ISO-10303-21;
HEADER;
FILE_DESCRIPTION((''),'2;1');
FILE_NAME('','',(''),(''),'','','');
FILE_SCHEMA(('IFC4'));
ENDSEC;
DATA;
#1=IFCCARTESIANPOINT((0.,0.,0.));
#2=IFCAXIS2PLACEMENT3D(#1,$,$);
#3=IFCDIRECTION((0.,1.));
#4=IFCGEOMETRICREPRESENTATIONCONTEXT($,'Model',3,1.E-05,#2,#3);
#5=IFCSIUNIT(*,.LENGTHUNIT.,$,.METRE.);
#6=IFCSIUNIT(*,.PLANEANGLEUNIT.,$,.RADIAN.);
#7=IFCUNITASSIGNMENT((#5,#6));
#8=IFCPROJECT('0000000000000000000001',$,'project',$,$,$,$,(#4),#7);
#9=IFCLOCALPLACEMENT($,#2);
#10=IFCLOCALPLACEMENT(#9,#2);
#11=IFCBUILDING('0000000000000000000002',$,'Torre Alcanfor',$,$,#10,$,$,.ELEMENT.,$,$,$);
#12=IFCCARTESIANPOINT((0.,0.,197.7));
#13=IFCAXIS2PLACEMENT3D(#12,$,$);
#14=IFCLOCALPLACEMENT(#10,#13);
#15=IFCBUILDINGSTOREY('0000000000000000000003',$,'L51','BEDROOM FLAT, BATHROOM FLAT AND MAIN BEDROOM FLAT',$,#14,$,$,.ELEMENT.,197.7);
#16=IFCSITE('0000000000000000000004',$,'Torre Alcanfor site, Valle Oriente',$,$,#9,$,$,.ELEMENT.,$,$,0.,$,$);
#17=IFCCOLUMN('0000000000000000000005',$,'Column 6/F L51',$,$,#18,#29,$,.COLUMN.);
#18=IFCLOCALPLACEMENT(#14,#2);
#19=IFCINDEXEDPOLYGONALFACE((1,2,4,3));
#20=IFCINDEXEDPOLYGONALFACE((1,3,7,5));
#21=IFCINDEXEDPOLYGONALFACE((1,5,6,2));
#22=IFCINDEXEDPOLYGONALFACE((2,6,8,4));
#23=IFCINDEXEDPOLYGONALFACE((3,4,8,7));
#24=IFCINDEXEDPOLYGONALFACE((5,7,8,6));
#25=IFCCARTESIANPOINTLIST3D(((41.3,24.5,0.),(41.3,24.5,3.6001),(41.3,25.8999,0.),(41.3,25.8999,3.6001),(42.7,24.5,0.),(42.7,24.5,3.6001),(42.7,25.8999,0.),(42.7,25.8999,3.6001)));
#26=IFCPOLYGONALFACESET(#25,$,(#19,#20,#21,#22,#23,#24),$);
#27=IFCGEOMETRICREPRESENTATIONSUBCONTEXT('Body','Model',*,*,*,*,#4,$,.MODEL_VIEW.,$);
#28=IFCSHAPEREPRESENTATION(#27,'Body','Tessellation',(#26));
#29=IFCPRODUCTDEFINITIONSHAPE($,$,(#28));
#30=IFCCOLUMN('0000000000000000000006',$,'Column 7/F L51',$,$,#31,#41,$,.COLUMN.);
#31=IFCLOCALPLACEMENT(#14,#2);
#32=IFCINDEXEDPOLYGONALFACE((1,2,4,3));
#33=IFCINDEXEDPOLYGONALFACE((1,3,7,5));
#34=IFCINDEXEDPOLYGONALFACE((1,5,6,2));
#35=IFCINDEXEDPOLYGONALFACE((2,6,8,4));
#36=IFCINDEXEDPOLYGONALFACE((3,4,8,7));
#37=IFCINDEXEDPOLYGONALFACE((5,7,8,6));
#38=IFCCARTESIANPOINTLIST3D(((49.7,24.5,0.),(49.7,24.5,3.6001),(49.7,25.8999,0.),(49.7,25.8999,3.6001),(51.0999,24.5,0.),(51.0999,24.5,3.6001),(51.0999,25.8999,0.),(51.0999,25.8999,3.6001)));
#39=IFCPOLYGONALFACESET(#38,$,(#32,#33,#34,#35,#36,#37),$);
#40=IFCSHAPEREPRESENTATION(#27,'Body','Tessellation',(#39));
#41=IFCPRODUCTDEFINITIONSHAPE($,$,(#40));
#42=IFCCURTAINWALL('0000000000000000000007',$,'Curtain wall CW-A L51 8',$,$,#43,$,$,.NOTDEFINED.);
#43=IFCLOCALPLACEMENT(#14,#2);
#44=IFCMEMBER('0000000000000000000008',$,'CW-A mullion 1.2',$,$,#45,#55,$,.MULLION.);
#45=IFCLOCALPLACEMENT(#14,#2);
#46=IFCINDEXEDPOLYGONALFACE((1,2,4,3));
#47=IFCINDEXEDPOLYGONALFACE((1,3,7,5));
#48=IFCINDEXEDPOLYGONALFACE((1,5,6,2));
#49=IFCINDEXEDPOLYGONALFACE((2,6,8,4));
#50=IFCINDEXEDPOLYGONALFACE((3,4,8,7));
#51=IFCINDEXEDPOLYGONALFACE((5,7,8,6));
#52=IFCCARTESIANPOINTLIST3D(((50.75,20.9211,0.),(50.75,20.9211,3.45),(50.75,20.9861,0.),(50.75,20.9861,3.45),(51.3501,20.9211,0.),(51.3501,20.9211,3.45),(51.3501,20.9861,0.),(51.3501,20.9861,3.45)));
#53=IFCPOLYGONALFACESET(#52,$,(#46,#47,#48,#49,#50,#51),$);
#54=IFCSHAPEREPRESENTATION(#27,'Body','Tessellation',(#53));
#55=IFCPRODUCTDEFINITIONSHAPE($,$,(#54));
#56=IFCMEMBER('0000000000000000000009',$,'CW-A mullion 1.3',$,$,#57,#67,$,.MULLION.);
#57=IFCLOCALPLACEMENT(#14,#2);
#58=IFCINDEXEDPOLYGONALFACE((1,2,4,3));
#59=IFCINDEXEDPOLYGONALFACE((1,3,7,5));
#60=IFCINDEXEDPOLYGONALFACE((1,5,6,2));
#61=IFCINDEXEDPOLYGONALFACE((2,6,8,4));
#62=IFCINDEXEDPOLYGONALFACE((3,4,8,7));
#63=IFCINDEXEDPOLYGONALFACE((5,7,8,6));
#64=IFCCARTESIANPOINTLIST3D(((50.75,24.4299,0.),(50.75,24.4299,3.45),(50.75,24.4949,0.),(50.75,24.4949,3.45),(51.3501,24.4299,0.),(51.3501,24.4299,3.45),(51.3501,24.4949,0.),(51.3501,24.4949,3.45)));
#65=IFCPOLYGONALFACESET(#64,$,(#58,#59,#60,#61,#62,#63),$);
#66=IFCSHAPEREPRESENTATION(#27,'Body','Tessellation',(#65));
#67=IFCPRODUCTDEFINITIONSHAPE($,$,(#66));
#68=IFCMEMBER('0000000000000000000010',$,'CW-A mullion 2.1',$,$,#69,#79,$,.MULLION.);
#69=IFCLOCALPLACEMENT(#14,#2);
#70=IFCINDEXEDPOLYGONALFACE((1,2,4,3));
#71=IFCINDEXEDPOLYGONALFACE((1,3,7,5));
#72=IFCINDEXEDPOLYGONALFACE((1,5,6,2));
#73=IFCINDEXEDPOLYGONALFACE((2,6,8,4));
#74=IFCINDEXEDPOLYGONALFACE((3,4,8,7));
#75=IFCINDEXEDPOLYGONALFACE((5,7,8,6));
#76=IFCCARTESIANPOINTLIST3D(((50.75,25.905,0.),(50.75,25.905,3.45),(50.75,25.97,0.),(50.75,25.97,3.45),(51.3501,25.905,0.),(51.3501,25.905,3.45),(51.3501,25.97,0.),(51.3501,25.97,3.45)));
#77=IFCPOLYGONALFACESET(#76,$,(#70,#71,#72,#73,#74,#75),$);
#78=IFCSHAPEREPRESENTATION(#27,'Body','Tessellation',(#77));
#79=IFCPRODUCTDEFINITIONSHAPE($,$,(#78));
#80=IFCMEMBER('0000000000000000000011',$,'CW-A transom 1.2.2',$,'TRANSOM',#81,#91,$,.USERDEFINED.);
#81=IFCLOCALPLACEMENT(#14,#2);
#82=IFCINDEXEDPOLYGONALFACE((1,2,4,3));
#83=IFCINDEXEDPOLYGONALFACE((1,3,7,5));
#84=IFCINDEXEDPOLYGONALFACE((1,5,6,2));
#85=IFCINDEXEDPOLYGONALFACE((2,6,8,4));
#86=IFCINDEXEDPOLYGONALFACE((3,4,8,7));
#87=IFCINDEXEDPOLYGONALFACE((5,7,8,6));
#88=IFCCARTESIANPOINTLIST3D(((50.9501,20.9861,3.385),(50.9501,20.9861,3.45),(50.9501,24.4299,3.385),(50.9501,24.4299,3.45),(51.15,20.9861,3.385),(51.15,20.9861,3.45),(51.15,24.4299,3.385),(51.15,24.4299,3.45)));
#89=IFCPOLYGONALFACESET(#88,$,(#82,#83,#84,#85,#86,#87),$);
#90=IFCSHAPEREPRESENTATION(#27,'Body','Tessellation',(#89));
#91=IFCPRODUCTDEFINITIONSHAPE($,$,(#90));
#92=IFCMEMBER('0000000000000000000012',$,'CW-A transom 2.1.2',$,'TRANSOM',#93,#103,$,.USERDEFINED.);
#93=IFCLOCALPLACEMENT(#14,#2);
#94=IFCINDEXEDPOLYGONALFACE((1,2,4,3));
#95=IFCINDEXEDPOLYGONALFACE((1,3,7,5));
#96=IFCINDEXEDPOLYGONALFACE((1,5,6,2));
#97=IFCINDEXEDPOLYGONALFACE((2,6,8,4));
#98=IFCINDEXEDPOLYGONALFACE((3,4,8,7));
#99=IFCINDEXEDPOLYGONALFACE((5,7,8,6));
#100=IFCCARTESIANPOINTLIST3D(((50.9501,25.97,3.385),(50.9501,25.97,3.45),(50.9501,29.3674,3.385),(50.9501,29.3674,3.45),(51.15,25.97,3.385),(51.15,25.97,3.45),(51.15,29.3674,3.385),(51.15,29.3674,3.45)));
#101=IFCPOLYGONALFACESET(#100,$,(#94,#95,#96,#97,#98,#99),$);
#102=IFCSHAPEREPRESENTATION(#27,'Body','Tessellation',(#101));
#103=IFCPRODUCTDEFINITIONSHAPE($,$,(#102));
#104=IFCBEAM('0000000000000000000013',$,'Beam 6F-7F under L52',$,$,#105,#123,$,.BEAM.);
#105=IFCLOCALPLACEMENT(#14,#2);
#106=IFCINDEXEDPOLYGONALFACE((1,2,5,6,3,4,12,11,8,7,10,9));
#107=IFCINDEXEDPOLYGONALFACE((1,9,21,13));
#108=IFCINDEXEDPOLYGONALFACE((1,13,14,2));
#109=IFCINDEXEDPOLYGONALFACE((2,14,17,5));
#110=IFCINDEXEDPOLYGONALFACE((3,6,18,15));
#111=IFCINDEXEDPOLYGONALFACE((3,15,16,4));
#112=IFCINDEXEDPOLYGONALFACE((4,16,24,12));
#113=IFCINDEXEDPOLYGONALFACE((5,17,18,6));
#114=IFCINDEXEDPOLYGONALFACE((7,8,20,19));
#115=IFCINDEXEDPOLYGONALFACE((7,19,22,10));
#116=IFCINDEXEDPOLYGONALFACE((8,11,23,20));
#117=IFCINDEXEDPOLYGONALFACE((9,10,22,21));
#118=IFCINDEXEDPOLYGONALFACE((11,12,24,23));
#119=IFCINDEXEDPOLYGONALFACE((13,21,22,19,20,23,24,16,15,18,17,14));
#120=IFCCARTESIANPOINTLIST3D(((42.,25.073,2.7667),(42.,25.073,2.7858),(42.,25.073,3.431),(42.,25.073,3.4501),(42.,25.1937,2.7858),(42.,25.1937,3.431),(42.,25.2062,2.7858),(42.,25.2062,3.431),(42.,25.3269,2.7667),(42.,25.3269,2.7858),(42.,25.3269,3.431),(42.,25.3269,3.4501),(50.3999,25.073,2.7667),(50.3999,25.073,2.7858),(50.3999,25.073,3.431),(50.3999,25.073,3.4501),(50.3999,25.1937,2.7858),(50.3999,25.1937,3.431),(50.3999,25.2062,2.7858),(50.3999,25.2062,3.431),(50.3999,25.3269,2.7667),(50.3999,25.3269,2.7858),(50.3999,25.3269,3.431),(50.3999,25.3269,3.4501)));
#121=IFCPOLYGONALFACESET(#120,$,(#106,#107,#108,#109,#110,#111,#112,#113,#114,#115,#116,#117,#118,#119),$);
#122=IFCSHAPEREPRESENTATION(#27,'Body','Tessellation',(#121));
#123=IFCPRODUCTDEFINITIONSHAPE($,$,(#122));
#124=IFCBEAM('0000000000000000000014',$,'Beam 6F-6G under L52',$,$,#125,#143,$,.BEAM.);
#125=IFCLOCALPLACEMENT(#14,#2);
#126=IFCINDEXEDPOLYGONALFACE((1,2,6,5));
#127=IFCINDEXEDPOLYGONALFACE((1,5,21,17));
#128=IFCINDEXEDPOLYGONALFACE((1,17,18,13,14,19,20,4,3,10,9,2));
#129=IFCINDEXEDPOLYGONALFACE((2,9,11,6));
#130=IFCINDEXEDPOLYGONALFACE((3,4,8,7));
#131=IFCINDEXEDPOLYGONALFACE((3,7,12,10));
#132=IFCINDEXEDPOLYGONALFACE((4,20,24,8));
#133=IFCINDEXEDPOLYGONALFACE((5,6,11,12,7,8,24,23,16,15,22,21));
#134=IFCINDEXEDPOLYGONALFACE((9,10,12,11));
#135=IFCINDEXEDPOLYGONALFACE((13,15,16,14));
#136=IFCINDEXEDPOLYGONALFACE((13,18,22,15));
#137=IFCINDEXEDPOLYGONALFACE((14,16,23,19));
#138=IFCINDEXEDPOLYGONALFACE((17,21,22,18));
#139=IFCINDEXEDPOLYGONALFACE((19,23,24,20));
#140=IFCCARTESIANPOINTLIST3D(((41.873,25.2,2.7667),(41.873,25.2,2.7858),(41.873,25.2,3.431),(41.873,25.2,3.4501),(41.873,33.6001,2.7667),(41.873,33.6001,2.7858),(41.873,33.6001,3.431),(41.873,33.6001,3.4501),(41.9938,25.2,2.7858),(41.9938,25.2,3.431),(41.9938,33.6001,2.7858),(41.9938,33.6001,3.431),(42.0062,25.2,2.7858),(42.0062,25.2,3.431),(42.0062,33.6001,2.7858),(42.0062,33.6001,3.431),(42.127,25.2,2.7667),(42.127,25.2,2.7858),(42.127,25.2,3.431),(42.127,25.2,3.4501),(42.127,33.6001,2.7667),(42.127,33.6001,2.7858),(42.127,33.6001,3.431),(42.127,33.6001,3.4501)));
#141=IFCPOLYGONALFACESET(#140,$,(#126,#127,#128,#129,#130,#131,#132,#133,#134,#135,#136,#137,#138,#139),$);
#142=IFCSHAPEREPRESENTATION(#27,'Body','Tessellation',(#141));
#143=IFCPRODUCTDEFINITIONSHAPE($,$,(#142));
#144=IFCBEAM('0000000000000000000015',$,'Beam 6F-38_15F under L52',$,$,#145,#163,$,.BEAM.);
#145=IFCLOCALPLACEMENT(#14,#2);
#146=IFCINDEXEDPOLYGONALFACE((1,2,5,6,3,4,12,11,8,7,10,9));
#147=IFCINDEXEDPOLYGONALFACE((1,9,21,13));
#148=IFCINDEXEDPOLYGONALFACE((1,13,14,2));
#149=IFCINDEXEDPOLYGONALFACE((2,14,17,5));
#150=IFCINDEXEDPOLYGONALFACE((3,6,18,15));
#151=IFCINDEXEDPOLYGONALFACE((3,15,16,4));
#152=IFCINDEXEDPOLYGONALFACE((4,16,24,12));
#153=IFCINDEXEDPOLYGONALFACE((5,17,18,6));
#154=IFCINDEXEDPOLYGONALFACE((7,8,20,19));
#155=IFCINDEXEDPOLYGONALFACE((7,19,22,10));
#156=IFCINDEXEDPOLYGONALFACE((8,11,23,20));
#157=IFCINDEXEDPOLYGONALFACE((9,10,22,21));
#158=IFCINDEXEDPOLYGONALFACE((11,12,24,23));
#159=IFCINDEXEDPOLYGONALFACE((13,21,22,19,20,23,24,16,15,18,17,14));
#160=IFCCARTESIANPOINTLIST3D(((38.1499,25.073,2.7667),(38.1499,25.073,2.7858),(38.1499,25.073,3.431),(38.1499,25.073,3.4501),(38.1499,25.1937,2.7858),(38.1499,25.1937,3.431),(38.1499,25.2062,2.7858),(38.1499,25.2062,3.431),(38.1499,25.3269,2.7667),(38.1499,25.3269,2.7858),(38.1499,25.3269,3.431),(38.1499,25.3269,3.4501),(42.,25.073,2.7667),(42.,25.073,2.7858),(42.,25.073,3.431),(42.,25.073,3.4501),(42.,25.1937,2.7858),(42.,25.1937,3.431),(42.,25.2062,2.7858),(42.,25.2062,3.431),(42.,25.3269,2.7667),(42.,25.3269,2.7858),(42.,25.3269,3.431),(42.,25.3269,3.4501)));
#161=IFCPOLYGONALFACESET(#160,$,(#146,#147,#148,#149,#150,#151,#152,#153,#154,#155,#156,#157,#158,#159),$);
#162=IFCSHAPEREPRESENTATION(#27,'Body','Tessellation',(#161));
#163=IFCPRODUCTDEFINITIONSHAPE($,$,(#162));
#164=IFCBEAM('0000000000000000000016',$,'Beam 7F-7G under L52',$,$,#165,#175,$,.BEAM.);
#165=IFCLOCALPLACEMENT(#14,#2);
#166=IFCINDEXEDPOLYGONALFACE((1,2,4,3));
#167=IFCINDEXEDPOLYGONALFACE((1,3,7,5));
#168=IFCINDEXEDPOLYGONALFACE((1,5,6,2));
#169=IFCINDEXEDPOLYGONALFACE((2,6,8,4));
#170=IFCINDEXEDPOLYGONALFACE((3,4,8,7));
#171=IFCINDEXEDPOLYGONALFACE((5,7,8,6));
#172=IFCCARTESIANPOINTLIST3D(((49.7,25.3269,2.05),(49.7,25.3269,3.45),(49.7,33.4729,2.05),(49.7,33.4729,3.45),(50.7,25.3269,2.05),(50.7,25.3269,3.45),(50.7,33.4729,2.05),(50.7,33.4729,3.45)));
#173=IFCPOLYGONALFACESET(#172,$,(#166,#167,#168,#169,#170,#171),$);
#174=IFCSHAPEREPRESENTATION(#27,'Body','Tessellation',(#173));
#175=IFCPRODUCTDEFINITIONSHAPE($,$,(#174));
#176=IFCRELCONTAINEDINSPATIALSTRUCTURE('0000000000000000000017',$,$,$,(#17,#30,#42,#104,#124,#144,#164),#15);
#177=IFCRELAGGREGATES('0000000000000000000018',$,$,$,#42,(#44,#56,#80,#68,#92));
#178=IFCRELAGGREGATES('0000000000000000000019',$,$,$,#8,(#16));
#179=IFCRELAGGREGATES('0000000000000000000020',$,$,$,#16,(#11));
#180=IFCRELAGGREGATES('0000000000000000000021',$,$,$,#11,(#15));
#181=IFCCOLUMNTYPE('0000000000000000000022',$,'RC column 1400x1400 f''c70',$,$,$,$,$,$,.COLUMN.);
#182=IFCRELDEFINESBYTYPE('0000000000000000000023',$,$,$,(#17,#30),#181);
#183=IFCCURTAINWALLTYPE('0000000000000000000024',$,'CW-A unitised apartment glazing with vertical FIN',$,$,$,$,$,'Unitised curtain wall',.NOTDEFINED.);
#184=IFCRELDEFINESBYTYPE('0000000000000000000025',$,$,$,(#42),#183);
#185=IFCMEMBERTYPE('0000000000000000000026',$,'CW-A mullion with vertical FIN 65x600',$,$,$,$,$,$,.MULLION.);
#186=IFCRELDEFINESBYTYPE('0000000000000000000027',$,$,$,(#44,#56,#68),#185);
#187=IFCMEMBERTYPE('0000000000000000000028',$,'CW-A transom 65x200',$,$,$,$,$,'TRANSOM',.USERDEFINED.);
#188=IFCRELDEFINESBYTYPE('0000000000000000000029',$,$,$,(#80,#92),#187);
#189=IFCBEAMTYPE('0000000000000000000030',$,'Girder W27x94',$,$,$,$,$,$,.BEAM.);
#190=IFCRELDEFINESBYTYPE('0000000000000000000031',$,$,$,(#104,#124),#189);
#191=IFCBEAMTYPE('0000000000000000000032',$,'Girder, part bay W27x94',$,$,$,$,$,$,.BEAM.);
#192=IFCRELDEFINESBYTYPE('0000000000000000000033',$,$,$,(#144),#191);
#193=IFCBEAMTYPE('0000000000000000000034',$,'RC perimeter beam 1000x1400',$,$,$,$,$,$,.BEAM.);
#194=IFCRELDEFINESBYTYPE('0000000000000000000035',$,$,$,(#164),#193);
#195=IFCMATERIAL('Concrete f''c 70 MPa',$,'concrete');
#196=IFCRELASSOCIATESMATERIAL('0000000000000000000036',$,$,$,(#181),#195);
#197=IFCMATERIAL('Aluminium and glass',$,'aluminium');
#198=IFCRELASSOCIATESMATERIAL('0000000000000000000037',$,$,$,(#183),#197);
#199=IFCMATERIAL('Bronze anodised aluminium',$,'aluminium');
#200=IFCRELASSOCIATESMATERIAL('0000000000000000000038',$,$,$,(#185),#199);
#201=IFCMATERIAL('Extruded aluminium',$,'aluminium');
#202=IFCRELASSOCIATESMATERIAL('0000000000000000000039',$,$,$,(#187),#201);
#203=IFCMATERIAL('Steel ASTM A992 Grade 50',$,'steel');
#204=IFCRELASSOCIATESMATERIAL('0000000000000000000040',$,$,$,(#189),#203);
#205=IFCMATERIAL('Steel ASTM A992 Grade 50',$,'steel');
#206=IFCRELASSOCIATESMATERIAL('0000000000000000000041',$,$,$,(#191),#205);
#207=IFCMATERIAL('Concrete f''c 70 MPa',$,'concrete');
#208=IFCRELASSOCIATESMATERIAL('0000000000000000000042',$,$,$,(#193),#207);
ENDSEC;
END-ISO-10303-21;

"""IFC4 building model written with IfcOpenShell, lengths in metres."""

from ifc_helpers import new_model, si_unit, direction, frame, origin, origin_2d, place, context, subcontext, project, spatial, rectangle, i_section, extrude, material, material_profile, profile_set, type_object, element, aggregate, save


model = new_model("IFC4")

# Units and contexts
model_context = context("Model", 3, precision=1e-05, world=origin(), true_north=direction((0.0, 1.0)))
body_context = subcontext(model_context, "Body", "Model", "MODEL_VIEW")
ifc_project = project(units=[si_unit("LENGTHUNIT", "METRE"), si_unit("PLANEANGLEUNIT", "RADIAN")], contexts=[model_context])

# Site, building, storey
site_placement = place(None, origin())
site = spatial("IfcSite", under=ifc_project, at=site_placement, Name="Torre Alcanfor site, Valle Oriente", CompositionType="ELEMENT", RefElevation=0.0)
building_placement = place(site_placement, origin())
building = spatial("IfcBuilding", under=site, at=building_placement, Name="Torre Alcanfor", CompositionType="ELEMENT")
storey_placement = place(building_placement, frame((0.0, 0.0, 197.7)))
storey = spatial("IfcBuildingStorey", under=building, at=storey_placement, Name="L51", Description="BEDROOM FLAT, BATHROOM FLAT AND MAIN BEDROOM FLAT", CompositionType="ELEMENT", Elevation=197.7)

# Columns
ifc_material_1 = material(Name="Concrete f'c 70 MPa", Category="concrete")
ifc_material_profile_1 = material_profile(ifc_material_1, rectangle(XDim=1.3999, YDim=1.3999, at=origin_2d()), Name="1400x1400")
ifc_profile_set_1 = profile_set([ifc_material_profile_1], Name="Concrete f'c 70 MPa")
column_type = type_object("IfcColumnType", Name="RC column 1400x1400 f'c70", PredefinedType="COLUMN", material=ifc_profile_set_1)
for number, where, z_axis, x_axis, name in (
    (1, (42.0, 25.2, 0.0), (0.0, 0.0, 1.0), (1.0, 0.0, 0.0), "Column 6/F L51"),
    (2, (50.3999, 25.2, 0.0), (0.0, 0.0, 1.0), (1.0, 0.0, 0.0), "Column 7/F L51"),
):
    element("IfcColumn", number, at=place(storey_placement, frame(where, z_axis=z_axis, x_axis=x_axis)), inside=storey, type_object=column_type, Name=name, PredefinedType="COLUMN", context=body_context, shape_type="SweptSolid", body=[
        extrude(rectangle(XDim=1.3999, YDim=1.3999, at=origin_2d()), origin(), (0.0, 0.0, 1.0), 3.6001),
    ])

# Curtain wall, members
ifc_material_2 = material(Name="Aluminium and glass", Category="aluminium")
curtain_wall_type = type_object("IfcCurtainWallType", Name="CW-A unitised apartment glazing with vertical FIN", ElementType="Unitised curtain wall", PredefinedType="NOTDEFINED", material=ifc_material_2)
curtain_wall_placement = place(storey_placement, origin())
curtain_wall = element("IfcCurtainWall", 3, at=curtain_wall_placement, inside=storey, type_object=curtain_wall_type, Name="Curtain wall CW-A L51 8", PredefinedType="NOTDEFINED")
ifc_material_3 = material(Name="Bronze anodised aluminium", Category="aluminium")
ifc_material_profile_2 = material_profile(ifc_material_3, rectangle(XDim=0.6001, YDim=0.0649, at=origin_2d()), Name="CW-A mullion 65x600")
ifc_profile_set_2 = profile_set([ifc_material_profile_2], Name="Bronze anodised aluminium")
member_type_1 = type_object("IfcMemberType", Name="CW-A mullion with vertical FIN 65x600", PredefinedType="MULLION", material=ifc_profile_set_2)
member_1_placement = place(storey_placement, frame((51.05, 20.9536, 0.0), z_axis=(0.0, 0.0, 1.0), x_axis=(-1.0, 0.0, 0.0)))
member_1 = element("IfcMember", 4, at=member_1_placement, type_object=member_type_1, Name="CW-A mullion 1.2", PredefinedType="MULLION", context=body_context, shape_type="SweptSolid", body=[
    extrude(rectangle(XDim=0.6001, YDim=0.0649, at=origin_2d()), origin(), (0.0, 0.0, 1.0), 3.45),
])
member_2_placement = place(storey_placement, frame((51.05, 24.4624, 0.0), z_axis=(0.0, 0.0, 1.0), x_axis=(-1.0, 0.0, 0.0)))
member_2 = element("IfcMember", 5, at=member_2_placement, type_object=member_type_1, Name="CW-A mullion 1.3", PredefinedType="MULLION", context=body_context, shape_type="SweptSolid", body=[
    extrude(rectangle(XDim=0.6001, YDim=0.0649, at=origin_2d()), origin(), (0.0, 0.0, 1.0), 3.45),
])
member_3_placement = place(storey_placement, frame((51.05, 25.9375, 0.0), z_axis=(0.0, 0.0, 1.0), x_axis=(-1.0, 0.0, 0.0)))
member_3 = element("IfcMember", 6, at=member_3_placement, type_object=member_type_1, Name="CW-A mullion 2.1", PredefinedType="MULLION", context=body_context, shape_type="SweptSolid", body=[
    extrude(rectangle(XDim=0.6001, YDim=0.0649, at=origin_2d()), origin(), (0.0, 0.0, 1.0), 3.45),
])
ifc_material_4 = material(Name="Extruded aluminium", Category="aluminium")
ifc_material_profile_3 = material_profile(ifc_material_4, rectangle(XDim=0.2, YDim=0.0649, at=origin_2d()), Name="CW-A transom 200x65")
ifc_profile_set_3 = profile_set([ifc_material_profile_3], Name="Extruded aluminium")
member_type_2 = type_object("IfcMemberType", Name="CW-A transom 65x200", ElementType="TRANSOM", PredefinedType="USERDEFINED", material=ifc_profile_set_3)
member_4_placement = place(storey_placement, frame((51.05, 20.9861, 3.4175), z_axis=(0.0, 1.0, 0.0), x_axis=(-1.0, 0.0, 0.0)))
member_4 = element("IfcMember", 7, at=member_4_placement, type_object=member_type_2, Name="CW-A transom 1.2.2", ObjectType="TRANSOM", PredefinedType="USERDEFINED", context=body_context, shape_type="SweptSolid", body=[
    extrude(rectangle(XDim=0.2, YDim=0.0649, at=origin_2d()), origin(), (0.0, 0.0, 1.0), 3.4438),
])
member_5_placement = place(storey_placement, frame((51.05, 25.97, 3.4175), z_axis=(0.0, 1.0, 0.0), x_axis=(-1.0, 0.0, 0.0)))
member_5 = element("IfcMember", 8, at=member_5_placement, type_object=member_type_2, Name="CW-A transom 2.1.2", ObjectType="TRANSOM", PredefinedType="USERDEFINED", context=body_context, shape_type="SweptSolid", body=[
    extrude(rectangle(XDim=0.2, YDim=0.0649, at=origin_2d()), origin(), (0.0, 0.0, 1.0), 3.3975),
])

# Beams
ifc_material_5 = material(Name="Steel ASTM A992 Grade 50", Category="steel")
ifc_material_profile_4 = material_profile(ifc_material_5, i_section(OverallWidth=0.2539, OverallDepth=0.6833, WebThickness=0.0125, FlangeThickness=0.019, at=origin_2d()), Name="W27x94")
ifc_profile_set_4 = profile_set([ifc_material_profile_4], Name="Steel ASTM A992 Grade 50")
beam_type_1 = type_object("IfcBeamType", Name="Girder W27x94", PredefinedType="BEAM", material=ifc_profile_set_4)
beam_1_placement = place(storey_placement, frame((42.0, 25.2, 3.1084), z_axis=(1.0, 0.0, 0.0), x_axis=(0.0, 1.0, 0.0)))
element("IfcBeam", 9, at=beam_1_placement, inside=storey, type_object=beam_type_1, Name="Beam 6F-7F under L52", PredefinedType="BEAM", context=body_context, shape_type="SweptSolid", body=[
    extrude(i_section(OverallWidth=0.2539, OverallDepth=0.6833, WebThickness=0.0125, FlangeThickness=0.019, at=origin_2d()), origin(), (0.0, 0.0, 1.0), 8.3999),
])
beam_2_placement = place(storey_placement, frame((42.0, 25.2, 3.1084), z_axis=(0.0, 1.0, 0.0), x_axis=(-1.0, 0.0, 0.0)))
element("IfcBeam", 10, at=beam_2_placement, inside=storey, type_object=beam_type_1, Name="Beam 6F-6G under L52", PredefinedType="BEAM", context=body_context, shape_type="SweptSolid", body=[
    extrude(i_section(OverallWidth=0.2539, OverallDepth=0.6833, WebThickness=0.0125, FlangeThickness=0.019, at=origin_2d()), origin(), (0.0, 0.0, 1.0), 8.4001),
])
ifc_material_6 = material(Name="Steel ASTM A992 Grade 50", Category="steel")
ifc_material_profile_5 = material_profile(ifc_material_6, i_section(OverallWidth=0.2539, OverallDepth=0.6833, WebThickness=0.0125, FlangeThickness=0.019, at=origin_2d()), Name="W27x94")
ifc_profile_set_5 = profile_set([ifc_material_profile_5], Name="Steel ASTM A992 Grade 50")
beam_type_2 = type_object("IfcBeamType", Name="Girder, part bay W27x94", PredefinedType="BEAM", material=ifc_profile_set_5)
beam_3_placement = place(storey_placement, frame((42.0, 25.2, 3.1084), z_axis=(-1.0, 0.0, 0.0), x_axis=(0.0, -1.0, 0.0)))
element("IfcBeam", 11, at=beam_3_placement, inside=storey, type_object=beam_type_2, Name="Beam 6F-38_15F under L52", PredefinedType="BEAM", context=body_context, shape_type="SweptSolid", body=[
    extrude(i_section(OverallWidth=0.2539, OverallDepth=0.6833, WebThickness=0.0125, FlangeThickness=0.019, at=origin_2d()), origin(), (0.0, 0.0, 1.0), 3.8501),
])
ifc_material_7 = material(Name="Concrete f'c 70 MPa", Category="concrete")
ifc_material_profile_6 = material_profile(ifc_material_7, rectangle(XDim=1.0, YDim=1.3999, at=origin_2d()), Name="1000x1400")
ifc_profile_set_6 = profile_set([ifc_material_profile_6], Name="Concrete f'c 70 MPa")
beam_type_3 = type_object("IfcBeamType", Name="RC perimeter beam 1000x1400", PredefinedType="BEAM", material=ifc_profile_set_6)
beam_4_placement = place(storey_placement, frame((50.2, 25.3269, 2.75), z_axis=(0.0, 1.0, 0.0), x_axis=(-1.0, 0.0, 0.0)))
element("IfcBeam", 12, at=beam_4_placement, inside=storey, type_object=beam_type_3, Name="Beam 7F-7G under L52", PredefinedType="BEAM", context=body_context, shape_type="SweptSolid", body=[
    extrude(rectangle(XDim=1.0, YDim=1.3999, at=origin_2d()), origin(), (0.0, 0.0, 1.0), 8.146),
])

aggregate(curtain_wall, [member_1, member_2, member_4, member_3, member_5])

save(model, "model.ifc")
